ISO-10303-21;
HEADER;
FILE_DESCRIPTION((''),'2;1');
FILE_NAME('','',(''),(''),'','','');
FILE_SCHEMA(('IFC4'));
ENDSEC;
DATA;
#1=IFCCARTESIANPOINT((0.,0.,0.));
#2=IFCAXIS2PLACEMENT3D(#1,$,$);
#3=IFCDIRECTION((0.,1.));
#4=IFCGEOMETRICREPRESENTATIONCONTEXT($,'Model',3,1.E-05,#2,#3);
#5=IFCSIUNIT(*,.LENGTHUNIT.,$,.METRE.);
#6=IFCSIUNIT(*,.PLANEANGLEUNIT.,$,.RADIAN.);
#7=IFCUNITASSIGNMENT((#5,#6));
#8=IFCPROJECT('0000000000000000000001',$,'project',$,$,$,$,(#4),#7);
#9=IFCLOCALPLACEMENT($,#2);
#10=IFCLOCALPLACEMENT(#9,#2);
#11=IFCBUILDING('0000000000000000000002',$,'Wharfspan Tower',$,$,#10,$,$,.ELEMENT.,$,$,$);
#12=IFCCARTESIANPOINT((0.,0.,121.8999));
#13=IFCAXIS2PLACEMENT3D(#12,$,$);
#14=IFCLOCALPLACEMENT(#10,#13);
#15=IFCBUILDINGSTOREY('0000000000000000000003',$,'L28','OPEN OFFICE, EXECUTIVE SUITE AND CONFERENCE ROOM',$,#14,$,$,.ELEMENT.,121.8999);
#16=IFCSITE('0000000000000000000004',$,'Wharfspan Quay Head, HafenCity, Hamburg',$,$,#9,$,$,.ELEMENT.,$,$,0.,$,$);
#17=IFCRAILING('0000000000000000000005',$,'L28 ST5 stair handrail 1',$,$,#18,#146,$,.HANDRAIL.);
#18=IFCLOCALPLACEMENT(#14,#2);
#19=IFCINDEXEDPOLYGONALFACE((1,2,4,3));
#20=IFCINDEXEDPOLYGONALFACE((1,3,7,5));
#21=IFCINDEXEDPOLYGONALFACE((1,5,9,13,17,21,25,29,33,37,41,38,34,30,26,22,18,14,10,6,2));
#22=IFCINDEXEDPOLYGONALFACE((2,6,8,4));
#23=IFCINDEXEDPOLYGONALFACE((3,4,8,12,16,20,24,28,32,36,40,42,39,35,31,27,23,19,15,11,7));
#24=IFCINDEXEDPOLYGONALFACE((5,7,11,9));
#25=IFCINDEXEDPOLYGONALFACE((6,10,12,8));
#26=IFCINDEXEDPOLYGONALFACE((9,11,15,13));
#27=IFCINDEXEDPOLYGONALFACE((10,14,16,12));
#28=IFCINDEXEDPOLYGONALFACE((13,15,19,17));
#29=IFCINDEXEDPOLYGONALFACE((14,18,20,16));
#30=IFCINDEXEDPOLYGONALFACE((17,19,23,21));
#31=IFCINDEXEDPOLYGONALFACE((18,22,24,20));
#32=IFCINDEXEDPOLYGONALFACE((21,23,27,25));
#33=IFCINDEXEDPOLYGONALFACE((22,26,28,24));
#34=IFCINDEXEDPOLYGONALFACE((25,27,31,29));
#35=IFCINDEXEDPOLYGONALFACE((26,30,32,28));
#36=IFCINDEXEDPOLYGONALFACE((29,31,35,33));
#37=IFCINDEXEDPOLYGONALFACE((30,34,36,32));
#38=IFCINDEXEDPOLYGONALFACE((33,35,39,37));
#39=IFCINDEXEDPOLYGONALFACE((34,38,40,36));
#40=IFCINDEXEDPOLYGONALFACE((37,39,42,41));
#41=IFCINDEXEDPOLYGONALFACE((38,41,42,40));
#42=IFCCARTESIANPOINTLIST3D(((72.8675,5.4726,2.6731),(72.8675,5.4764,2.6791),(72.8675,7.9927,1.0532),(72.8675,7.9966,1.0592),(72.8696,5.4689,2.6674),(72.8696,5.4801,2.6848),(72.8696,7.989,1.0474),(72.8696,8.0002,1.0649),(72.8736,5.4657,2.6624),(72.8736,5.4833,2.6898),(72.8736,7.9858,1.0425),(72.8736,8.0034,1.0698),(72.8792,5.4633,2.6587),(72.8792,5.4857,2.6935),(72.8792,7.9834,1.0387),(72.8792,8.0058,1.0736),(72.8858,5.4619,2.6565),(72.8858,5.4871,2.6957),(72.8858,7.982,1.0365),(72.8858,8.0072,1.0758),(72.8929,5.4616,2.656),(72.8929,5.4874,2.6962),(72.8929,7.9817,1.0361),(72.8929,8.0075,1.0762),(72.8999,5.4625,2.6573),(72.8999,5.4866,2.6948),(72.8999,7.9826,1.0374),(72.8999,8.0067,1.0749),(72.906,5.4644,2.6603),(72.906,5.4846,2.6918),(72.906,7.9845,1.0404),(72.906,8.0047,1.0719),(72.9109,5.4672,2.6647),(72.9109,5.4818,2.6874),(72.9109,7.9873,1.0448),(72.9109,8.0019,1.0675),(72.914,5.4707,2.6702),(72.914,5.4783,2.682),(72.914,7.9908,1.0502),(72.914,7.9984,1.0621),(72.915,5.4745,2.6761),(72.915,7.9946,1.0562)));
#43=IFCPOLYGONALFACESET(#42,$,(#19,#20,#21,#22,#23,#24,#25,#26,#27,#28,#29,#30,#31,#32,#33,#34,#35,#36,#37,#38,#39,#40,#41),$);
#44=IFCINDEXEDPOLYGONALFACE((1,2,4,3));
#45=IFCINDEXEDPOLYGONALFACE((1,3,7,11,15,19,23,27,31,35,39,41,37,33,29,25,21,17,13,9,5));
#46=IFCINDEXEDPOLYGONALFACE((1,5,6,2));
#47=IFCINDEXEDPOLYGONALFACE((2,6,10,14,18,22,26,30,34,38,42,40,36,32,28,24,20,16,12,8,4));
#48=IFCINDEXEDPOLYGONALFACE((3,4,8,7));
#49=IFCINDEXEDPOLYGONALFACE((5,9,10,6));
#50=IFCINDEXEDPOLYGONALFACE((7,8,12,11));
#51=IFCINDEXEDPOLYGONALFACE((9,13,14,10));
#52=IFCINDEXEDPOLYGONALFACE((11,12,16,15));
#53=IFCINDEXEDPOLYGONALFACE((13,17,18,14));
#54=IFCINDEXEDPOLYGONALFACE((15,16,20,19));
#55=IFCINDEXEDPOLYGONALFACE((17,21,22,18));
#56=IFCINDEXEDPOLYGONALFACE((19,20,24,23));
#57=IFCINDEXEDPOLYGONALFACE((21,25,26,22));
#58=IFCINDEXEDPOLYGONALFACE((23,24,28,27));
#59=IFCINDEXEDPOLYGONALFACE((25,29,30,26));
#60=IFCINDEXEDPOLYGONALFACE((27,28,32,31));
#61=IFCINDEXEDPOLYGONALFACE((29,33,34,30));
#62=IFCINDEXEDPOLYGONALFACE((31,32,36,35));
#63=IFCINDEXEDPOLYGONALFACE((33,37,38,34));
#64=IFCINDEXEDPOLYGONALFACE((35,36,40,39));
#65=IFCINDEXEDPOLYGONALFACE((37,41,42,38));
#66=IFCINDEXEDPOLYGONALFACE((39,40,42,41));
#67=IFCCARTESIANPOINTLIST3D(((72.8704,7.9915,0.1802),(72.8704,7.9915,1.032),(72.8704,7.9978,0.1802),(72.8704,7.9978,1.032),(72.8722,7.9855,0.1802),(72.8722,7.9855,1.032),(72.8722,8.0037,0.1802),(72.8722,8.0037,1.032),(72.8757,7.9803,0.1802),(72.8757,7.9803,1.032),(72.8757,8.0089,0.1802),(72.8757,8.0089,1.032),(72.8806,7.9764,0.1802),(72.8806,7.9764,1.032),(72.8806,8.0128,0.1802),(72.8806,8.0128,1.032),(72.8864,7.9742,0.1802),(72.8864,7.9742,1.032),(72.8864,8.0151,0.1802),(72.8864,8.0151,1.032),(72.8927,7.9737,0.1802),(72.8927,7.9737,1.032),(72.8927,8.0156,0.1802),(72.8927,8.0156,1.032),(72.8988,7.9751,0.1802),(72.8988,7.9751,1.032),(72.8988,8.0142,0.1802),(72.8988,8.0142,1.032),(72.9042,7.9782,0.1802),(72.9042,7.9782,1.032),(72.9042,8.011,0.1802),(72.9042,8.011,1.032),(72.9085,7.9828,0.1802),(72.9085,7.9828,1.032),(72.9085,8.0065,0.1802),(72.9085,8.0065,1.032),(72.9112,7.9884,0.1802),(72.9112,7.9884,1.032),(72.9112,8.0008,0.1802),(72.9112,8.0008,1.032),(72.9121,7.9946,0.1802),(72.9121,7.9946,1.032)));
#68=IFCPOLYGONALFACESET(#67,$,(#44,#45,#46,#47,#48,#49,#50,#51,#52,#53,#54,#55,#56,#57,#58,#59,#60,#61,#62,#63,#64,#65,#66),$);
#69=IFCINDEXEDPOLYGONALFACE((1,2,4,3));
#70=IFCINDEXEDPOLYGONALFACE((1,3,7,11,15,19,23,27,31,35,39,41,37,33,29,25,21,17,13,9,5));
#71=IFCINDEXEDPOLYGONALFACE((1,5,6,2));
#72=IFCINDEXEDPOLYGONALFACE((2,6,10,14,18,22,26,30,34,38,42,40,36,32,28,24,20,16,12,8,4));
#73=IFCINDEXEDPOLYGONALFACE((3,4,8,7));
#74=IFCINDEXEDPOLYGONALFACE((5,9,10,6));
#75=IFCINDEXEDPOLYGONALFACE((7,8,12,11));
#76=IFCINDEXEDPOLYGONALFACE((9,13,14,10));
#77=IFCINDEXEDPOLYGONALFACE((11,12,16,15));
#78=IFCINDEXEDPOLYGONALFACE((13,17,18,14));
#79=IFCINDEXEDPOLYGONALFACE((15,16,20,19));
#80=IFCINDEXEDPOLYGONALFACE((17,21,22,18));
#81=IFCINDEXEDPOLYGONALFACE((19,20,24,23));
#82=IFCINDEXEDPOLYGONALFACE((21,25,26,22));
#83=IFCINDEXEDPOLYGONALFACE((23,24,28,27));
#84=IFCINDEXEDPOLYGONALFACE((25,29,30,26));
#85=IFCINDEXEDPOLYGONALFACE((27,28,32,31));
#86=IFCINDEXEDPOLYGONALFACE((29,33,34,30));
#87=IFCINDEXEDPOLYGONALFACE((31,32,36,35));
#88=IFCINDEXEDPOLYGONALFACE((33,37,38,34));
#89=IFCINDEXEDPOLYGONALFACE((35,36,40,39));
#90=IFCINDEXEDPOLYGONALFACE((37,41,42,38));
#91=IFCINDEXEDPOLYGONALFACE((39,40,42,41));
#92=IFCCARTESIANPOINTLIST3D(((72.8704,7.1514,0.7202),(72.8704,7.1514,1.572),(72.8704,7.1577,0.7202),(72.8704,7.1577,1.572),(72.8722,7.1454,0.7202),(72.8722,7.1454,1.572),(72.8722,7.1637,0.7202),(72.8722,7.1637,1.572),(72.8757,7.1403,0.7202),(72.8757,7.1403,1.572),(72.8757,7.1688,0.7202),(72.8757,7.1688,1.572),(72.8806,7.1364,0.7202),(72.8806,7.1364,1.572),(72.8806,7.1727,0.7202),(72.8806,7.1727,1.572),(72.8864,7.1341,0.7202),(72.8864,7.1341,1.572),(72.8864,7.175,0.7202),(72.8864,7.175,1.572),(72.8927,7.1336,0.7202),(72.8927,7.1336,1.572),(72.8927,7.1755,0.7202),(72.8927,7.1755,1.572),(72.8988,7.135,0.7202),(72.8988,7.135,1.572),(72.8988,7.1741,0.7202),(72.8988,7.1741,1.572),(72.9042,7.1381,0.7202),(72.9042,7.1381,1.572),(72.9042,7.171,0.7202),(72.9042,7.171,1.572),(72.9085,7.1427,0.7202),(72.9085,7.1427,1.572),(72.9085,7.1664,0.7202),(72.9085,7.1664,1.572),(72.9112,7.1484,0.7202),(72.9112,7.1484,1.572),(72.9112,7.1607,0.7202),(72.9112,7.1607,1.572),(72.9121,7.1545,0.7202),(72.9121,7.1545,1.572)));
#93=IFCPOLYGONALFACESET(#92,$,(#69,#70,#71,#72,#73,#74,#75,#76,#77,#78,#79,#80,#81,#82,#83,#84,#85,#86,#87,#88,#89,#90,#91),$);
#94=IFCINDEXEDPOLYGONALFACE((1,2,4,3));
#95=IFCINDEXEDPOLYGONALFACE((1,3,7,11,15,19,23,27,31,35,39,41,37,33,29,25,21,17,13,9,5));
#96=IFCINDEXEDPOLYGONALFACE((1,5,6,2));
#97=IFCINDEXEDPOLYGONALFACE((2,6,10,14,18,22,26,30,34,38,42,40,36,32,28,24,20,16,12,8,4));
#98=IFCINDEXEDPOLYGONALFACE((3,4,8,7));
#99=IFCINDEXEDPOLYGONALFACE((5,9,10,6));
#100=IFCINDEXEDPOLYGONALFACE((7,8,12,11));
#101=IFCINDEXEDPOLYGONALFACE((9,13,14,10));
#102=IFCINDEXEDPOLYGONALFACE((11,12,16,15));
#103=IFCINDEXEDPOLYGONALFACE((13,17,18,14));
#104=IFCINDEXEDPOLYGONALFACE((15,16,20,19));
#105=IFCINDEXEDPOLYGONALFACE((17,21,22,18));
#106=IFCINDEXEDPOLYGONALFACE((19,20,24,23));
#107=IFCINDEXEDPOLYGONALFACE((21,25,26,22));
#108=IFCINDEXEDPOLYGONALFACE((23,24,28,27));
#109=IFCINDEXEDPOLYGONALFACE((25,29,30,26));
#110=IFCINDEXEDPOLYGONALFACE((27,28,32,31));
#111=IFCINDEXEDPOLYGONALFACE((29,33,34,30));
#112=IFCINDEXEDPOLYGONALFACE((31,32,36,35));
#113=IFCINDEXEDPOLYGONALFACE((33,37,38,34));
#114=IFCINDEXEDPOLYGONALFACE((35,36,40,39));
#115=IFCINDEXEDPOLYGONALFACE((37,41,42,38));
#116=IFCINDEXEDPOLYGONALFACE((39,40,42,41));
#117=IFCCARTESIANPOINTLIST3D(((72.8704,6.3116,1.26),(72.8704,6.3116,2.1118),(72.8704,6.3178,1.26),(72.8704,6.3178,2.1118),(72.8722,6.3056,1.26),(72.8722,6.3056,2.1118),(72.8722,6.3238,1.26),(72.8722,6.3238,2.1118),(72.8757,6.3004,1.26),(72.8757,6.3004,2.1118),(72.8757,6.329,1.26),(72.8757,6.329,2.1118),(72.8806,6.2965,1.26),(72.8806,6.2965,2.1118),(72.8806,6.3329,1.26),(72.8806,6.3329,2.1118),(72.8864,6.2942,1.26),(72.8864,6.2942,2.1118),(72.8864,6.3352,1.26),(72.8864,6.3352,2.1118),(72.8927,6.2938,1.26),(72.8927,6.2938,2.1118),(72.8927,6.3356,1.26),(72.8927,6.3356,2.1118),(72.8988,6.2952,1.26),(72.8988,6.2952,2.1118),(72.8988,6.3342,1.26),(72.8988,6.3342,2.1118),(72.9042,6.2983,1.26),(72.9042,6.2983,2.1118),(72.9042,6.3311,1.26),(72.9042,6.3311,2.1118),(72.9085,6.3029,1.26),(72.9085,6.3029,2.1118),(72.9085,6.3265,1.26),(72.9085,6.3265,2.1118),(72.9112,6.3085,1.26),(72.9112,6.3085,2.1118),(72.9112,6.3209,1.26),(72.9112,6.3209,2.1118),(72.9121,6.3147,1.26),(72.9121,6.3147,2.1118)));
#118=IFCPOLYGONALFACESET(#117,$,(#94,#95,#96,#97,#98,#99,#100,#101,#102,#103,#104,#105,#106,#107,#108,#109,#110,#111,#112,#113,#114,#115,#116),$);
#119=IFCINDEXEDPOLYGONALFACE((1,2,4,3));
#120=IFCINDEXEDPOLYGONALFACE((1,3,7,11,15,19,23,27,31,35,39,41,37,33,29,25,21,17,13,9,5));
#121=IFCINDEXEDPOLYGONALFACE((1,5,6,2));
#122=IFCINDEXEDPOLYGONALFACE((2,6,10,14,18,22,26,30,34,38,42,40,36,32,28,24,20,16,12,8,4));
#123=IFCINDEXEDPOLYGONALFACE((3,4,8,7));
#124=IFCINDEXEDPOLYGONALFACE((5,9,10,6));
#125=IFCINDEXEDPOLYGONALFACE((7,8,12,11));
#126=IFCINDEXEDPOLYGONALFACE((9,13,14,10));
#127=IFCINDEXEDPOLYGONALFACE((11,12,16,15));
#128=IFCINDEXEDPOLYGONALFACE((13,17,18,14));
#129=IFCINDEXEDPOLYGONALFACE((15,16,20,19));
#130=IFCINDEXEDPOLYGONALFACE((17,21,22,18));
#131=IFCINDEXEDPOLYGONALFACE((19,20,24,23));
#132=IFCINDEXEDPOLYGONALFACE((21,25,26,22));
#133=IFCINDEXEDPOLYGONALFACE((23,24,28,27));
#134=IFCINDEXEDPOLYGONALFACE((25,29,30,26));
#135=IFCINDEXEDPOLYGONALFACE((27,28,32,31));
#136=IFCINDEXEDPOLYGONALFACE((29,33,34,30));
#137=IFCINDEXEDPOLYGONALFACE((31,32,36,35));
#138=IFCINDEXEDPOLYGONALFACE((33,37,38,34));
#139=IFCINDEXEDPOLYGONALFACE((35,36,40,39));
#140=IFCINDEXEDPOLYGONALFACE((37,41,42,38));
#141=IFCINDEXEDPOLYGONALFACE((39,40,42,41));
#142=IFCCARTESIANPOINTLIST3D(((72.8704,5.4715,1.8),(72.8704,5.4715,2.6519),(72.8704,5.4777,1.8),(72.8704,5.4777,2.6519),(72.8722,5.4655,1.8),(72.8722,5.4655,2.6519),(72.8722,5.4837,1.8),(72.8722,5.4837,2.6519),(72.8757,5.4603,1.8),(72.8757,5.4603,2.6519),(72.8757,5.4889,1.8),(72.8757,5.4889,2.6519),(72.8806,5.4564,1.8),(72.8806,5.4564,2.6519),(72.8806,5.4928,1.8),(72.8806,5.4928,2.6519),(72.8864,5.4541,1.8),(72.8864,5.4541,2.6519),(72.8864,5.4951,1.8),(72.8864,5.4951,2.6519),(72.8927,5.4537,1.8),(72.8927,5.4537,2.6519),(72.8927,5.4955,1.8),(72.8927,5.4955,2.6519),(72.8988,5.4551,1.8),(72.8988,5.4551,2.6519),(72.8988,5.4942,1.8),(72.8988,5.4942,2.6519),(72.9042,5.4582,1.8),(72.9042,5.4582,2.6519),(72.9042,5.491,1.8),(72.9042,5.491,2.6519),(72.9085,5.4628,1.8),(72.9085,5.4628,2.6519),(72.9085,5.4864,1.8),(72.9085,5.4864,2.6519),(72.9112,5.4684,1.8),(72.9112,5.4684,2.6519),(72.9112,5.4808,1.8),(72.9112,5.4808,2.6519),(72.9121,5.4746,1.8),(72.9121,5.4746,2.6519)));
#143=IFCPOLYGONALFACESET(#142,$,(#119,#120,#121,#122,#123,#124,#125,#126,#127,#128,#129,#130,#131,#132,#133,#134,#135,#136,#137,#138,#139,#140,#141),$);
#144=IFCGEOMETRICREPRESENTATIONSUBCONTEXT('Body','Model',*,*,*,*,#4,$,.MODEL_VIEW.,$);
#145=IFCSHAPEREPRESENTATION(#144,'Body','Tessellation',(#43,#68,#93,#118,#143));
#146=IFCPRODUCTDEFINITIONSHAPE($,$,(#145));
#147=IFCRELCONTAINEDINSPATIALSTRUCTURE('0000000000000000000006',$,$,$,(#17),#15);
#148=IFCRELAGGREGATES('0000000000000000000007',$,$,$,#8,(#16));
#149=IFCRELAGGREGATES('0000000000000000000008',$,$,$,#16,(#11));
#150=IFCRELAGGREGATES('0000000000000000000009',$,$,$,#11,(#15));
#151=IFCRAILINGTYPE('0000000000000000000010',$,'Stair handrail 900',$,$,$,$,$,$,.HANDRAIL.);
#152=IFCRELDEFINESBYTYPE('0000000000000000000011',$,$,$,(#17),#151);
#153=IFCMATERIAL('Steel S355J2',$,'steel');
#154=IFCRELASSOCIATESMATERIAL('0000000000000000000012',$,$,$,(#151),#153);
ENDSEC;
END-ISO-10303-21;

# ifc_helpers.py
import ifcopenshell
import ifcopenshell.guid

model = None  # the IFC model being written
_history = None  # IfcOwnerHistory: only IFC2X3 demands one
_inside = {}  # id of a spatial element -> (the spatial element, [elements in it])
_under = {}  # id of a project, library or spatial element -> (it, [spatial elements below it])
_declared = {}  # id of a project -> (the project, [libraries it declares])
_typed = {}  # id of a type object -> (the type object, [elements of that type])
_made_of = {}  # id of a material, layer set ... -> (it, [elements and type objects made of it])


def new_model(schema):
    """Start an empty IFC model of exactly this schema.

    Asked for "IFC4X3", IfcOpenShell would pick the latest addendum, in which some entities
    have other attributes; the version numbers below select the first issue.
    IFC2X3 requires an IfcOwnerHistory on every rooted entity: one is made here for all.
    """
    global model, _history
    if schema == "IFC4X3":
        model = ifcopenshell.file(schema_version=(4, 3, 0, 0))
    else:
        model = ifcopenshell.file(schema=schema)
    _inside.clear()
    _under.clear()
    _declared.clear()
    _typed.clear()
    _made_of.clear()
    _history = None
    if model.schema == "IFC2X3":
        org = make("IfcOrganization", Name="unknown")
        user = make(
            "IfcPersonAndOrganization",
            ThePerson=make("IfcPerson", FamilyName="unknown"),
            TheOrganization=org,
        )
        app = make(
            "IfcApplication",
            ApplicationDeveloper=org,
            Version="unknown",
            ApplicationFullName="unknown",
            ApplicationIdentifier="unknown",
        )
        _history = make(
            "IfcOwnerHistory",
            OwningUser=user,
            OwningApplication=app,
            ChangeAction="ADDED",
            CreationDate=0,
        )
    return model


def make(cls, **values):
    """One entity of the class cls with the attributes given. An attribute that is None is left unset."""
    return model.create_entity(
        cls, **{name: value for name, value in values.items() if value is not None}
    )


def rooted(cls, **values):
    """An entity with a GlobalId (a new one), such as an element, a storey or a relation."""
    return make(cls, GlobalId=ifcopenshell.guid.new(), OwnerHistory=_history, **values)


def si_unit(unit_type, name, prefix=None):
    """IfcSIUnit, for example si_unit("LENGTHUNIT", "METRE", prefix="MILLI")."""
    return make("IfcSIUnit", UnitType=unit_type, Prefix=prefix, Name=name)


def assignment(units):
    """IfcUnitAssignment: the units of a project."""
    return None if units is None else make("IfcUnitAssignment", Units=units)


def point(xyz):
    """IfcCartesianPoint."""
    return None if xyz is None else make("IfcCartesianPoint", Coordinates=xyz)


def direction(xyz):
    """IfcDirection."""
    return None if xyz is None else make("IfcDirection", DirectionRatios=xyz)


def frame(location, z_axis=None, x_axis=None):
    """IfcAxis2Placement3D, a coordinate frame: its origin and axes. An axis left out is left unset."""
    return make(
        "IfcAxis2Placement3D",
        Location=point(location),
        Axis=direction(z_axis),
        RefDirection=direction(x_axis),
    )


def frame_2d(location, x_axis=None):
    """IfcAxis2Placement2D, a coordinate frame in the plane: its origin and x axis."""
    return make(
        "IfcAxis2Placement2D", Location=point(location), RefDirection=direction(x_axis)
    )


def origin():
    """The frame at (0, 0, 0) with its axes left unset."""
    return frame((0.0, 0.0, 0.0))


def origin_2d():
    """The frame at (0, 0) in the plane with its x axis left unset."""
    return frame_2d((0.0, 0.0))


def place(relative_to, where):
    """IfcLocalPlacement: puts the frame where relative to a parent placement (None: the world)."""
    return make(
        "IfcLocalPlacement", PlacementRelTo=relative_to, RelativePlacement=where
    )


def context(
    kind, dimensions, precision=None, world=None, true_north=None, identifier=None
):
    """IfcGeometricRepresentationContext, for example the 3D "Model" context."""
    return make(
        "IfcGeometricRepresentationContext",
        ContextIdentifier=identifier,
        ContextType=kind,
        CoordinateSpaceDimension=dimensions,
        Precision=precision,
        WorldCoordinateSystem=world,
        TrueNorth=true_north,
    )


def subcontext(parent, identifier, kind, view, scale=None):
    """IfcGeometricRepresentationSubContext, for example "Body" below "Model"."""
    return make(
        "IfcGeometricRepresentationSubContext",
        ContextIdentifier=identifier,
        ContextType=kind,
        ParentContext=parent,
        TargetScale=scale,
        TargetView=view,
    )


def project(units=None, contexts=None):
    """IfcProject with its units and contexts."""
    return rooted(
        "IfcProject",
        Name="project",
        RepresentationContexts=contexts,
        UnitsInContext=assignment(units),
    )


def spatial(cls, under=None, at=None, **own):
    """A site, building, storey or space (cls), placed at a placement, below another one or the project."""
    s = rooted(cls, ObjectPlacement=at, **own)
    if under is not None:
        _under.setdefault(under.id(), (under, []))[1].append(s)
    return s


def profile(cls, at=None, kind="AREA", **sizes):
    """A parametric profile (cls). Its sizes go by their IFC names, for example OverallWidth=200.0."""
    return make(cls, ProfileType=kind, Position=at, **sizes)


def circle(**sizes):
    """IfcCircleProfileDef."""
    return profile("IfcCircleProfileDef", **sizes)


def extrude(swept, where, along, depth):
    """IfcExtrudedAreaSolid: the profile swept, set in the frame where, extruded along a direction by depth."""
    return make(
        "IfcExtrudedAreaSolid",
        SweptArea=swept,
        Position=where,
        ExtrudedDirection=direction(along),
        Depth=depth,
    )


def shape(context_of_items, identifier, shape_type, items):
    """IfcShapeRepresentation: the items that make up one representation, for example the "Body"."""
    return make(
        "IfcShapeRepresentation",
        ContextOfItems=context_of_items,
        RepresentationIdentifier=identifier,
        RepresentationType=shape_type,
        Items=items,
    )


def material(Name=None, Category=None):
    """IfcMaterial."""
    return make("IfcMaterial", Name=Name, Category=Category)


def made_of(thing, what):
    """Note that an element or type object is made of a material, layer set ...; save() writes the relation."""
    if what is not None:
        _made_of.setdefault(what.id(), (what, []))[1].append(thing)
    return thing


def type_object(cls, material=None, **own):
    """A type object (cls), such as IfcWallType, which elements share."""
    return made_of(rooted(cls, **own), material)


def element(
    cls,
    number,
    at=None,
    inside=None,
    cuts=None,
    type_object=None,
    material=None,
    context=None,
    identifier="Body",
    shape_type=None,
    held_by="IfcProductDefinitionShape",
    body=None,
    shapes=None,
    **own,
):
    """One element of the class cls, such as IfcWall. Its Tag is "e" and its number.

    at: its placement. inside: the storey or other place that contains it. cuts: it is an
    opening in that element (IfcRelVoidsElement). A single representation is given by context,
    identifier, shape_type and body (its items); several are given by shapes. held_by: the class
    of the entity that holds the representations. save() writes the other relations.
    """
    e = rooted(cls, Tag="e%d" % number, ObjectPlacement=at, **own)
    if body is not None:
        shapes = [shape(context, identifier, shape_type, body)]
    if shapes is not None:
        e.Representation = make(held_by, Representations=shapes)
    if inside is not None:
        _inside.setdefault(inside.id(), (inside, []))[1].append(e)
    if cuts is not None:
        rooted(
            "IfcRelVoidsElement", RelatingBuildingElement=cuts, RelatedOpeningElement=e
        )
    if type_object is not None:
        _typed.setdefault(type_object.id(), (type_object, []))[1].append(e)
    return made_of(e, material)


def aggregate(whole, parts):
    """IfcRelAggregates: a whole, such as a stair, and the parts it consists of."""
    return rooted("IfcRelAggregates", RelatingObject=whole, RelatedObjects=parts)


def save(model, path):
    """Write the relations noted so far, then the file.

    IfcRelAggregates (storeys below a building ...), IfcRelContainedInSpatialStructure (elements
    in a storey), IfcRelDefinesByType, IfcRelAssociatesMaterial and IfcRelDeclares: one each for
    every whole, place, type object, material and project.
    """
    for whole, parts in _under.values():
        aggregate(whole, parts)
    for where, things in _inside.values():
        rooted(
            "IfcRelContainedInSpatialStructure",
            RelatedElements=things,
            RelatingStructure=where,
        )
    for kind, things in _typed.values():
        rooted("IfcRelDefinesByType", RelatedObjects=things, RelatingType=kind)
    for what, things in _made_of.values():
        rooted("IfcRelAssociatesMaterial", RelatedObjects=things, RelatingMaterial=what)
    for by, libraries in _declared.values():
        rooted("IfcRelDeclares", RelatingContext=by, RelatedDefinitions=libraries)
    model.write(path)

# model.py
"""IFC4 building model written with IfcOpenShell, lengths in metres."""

from ifc_helpers import new_model, si_unit, direction, frame, origin, origin_2d, place, context, subcontext, project, spatial, circle, extrude, material, type_object, element, save


model = new_model("IFC4")

# Units and contexts
model_context = context("Model", 3, precision=1e-05, world=origin(), true_north=direction((0.0, 1.0)))
body_context = subcontext(model_context, "Body", "Model", "MODEL_VIEW")
ifc_project = project(units=[si_unit("LENGTHUNIT", "METRE"), si_unit("PLANEANGLEUNIT", "RADIAN")], contexts=[model_context])

# Site, building, storey
site_placement = place(None, origin())
site = spatial("IfcSite", under=ifc_project, at=site_placement, Name="Wharfspan Quay Head, HafenCity, Hamburg", CompositionType="ELEMENT", RefElevation=0.0)
building_placement = place(site_placement, origin())
building = spatial("IfcBuilding", under=site, at=building_placement, Name="Wharfspan Tower", CompositionType="ELEMENT")
storey_placement = place(building_placement, frame((0.0, 0.0, 121.8999)))
storey = spatial("IfcBuildingStorey", under=building, at=storey_placement, Name="L28", Description="OPEN OFFICE, EXECUTIVE SUITE AND CONFERENCE ROOM", CompositionType="ELEMENT", Elevation=121.8999)

# Shared definitions
ifc_material_1 = material(Name="Steel S355J2", Category="steel")

# Railing
railing_type_1 = type_object("IfcRailingType", Name="Stair handrail 900", PredefinedType="HANDRAIL", material=ifc_material_1)
railing_1_placement = place(storey_placement, frame((72.8911, 7.9946, 0.1802)))
element("IfcRailing", 1, at=railing_1_placement, inside=storey, type_object=railing_type_1, Name="L28 ST5 stair handrail 1", PredefinedType="HANDRAIL", context=body_context, shape_type="SweptSolid", body=[
    extrude(circle(Radius=0.0239, at=origin_2d()), frame((0.0, 0.0, 0.876), z_axis=(0.0, -0.8412, 0.540725), x_axis=(1.0, 0.0, 0.0)), (0.0, 0.0, 1.0), 2.9958),
    extrude(circle(Radius=0.021, at=origin_2d()), origin(), (0.0, 0.0, 1.0), 0.8518),
    extrude(circle(Radius=0.021, at=origin_2d()), frame((0.0, -0.8401, 0.54)), (0.0, 0.0, 1.0), 0.8518),
    extrude(circle(Radius=0.021, at=origin_2d()), frame((0.0, -1.6799, 1.0798)), (0.0, 0.0, 1.0), 0.8518),
    extrude(circle(Radius=0.021, at=origin_2d()), frame((0.0, -2.52, 1.6199)), (0.0, 0.0, 1.0), 0.8518),
])

save(model, "model.ifc")
